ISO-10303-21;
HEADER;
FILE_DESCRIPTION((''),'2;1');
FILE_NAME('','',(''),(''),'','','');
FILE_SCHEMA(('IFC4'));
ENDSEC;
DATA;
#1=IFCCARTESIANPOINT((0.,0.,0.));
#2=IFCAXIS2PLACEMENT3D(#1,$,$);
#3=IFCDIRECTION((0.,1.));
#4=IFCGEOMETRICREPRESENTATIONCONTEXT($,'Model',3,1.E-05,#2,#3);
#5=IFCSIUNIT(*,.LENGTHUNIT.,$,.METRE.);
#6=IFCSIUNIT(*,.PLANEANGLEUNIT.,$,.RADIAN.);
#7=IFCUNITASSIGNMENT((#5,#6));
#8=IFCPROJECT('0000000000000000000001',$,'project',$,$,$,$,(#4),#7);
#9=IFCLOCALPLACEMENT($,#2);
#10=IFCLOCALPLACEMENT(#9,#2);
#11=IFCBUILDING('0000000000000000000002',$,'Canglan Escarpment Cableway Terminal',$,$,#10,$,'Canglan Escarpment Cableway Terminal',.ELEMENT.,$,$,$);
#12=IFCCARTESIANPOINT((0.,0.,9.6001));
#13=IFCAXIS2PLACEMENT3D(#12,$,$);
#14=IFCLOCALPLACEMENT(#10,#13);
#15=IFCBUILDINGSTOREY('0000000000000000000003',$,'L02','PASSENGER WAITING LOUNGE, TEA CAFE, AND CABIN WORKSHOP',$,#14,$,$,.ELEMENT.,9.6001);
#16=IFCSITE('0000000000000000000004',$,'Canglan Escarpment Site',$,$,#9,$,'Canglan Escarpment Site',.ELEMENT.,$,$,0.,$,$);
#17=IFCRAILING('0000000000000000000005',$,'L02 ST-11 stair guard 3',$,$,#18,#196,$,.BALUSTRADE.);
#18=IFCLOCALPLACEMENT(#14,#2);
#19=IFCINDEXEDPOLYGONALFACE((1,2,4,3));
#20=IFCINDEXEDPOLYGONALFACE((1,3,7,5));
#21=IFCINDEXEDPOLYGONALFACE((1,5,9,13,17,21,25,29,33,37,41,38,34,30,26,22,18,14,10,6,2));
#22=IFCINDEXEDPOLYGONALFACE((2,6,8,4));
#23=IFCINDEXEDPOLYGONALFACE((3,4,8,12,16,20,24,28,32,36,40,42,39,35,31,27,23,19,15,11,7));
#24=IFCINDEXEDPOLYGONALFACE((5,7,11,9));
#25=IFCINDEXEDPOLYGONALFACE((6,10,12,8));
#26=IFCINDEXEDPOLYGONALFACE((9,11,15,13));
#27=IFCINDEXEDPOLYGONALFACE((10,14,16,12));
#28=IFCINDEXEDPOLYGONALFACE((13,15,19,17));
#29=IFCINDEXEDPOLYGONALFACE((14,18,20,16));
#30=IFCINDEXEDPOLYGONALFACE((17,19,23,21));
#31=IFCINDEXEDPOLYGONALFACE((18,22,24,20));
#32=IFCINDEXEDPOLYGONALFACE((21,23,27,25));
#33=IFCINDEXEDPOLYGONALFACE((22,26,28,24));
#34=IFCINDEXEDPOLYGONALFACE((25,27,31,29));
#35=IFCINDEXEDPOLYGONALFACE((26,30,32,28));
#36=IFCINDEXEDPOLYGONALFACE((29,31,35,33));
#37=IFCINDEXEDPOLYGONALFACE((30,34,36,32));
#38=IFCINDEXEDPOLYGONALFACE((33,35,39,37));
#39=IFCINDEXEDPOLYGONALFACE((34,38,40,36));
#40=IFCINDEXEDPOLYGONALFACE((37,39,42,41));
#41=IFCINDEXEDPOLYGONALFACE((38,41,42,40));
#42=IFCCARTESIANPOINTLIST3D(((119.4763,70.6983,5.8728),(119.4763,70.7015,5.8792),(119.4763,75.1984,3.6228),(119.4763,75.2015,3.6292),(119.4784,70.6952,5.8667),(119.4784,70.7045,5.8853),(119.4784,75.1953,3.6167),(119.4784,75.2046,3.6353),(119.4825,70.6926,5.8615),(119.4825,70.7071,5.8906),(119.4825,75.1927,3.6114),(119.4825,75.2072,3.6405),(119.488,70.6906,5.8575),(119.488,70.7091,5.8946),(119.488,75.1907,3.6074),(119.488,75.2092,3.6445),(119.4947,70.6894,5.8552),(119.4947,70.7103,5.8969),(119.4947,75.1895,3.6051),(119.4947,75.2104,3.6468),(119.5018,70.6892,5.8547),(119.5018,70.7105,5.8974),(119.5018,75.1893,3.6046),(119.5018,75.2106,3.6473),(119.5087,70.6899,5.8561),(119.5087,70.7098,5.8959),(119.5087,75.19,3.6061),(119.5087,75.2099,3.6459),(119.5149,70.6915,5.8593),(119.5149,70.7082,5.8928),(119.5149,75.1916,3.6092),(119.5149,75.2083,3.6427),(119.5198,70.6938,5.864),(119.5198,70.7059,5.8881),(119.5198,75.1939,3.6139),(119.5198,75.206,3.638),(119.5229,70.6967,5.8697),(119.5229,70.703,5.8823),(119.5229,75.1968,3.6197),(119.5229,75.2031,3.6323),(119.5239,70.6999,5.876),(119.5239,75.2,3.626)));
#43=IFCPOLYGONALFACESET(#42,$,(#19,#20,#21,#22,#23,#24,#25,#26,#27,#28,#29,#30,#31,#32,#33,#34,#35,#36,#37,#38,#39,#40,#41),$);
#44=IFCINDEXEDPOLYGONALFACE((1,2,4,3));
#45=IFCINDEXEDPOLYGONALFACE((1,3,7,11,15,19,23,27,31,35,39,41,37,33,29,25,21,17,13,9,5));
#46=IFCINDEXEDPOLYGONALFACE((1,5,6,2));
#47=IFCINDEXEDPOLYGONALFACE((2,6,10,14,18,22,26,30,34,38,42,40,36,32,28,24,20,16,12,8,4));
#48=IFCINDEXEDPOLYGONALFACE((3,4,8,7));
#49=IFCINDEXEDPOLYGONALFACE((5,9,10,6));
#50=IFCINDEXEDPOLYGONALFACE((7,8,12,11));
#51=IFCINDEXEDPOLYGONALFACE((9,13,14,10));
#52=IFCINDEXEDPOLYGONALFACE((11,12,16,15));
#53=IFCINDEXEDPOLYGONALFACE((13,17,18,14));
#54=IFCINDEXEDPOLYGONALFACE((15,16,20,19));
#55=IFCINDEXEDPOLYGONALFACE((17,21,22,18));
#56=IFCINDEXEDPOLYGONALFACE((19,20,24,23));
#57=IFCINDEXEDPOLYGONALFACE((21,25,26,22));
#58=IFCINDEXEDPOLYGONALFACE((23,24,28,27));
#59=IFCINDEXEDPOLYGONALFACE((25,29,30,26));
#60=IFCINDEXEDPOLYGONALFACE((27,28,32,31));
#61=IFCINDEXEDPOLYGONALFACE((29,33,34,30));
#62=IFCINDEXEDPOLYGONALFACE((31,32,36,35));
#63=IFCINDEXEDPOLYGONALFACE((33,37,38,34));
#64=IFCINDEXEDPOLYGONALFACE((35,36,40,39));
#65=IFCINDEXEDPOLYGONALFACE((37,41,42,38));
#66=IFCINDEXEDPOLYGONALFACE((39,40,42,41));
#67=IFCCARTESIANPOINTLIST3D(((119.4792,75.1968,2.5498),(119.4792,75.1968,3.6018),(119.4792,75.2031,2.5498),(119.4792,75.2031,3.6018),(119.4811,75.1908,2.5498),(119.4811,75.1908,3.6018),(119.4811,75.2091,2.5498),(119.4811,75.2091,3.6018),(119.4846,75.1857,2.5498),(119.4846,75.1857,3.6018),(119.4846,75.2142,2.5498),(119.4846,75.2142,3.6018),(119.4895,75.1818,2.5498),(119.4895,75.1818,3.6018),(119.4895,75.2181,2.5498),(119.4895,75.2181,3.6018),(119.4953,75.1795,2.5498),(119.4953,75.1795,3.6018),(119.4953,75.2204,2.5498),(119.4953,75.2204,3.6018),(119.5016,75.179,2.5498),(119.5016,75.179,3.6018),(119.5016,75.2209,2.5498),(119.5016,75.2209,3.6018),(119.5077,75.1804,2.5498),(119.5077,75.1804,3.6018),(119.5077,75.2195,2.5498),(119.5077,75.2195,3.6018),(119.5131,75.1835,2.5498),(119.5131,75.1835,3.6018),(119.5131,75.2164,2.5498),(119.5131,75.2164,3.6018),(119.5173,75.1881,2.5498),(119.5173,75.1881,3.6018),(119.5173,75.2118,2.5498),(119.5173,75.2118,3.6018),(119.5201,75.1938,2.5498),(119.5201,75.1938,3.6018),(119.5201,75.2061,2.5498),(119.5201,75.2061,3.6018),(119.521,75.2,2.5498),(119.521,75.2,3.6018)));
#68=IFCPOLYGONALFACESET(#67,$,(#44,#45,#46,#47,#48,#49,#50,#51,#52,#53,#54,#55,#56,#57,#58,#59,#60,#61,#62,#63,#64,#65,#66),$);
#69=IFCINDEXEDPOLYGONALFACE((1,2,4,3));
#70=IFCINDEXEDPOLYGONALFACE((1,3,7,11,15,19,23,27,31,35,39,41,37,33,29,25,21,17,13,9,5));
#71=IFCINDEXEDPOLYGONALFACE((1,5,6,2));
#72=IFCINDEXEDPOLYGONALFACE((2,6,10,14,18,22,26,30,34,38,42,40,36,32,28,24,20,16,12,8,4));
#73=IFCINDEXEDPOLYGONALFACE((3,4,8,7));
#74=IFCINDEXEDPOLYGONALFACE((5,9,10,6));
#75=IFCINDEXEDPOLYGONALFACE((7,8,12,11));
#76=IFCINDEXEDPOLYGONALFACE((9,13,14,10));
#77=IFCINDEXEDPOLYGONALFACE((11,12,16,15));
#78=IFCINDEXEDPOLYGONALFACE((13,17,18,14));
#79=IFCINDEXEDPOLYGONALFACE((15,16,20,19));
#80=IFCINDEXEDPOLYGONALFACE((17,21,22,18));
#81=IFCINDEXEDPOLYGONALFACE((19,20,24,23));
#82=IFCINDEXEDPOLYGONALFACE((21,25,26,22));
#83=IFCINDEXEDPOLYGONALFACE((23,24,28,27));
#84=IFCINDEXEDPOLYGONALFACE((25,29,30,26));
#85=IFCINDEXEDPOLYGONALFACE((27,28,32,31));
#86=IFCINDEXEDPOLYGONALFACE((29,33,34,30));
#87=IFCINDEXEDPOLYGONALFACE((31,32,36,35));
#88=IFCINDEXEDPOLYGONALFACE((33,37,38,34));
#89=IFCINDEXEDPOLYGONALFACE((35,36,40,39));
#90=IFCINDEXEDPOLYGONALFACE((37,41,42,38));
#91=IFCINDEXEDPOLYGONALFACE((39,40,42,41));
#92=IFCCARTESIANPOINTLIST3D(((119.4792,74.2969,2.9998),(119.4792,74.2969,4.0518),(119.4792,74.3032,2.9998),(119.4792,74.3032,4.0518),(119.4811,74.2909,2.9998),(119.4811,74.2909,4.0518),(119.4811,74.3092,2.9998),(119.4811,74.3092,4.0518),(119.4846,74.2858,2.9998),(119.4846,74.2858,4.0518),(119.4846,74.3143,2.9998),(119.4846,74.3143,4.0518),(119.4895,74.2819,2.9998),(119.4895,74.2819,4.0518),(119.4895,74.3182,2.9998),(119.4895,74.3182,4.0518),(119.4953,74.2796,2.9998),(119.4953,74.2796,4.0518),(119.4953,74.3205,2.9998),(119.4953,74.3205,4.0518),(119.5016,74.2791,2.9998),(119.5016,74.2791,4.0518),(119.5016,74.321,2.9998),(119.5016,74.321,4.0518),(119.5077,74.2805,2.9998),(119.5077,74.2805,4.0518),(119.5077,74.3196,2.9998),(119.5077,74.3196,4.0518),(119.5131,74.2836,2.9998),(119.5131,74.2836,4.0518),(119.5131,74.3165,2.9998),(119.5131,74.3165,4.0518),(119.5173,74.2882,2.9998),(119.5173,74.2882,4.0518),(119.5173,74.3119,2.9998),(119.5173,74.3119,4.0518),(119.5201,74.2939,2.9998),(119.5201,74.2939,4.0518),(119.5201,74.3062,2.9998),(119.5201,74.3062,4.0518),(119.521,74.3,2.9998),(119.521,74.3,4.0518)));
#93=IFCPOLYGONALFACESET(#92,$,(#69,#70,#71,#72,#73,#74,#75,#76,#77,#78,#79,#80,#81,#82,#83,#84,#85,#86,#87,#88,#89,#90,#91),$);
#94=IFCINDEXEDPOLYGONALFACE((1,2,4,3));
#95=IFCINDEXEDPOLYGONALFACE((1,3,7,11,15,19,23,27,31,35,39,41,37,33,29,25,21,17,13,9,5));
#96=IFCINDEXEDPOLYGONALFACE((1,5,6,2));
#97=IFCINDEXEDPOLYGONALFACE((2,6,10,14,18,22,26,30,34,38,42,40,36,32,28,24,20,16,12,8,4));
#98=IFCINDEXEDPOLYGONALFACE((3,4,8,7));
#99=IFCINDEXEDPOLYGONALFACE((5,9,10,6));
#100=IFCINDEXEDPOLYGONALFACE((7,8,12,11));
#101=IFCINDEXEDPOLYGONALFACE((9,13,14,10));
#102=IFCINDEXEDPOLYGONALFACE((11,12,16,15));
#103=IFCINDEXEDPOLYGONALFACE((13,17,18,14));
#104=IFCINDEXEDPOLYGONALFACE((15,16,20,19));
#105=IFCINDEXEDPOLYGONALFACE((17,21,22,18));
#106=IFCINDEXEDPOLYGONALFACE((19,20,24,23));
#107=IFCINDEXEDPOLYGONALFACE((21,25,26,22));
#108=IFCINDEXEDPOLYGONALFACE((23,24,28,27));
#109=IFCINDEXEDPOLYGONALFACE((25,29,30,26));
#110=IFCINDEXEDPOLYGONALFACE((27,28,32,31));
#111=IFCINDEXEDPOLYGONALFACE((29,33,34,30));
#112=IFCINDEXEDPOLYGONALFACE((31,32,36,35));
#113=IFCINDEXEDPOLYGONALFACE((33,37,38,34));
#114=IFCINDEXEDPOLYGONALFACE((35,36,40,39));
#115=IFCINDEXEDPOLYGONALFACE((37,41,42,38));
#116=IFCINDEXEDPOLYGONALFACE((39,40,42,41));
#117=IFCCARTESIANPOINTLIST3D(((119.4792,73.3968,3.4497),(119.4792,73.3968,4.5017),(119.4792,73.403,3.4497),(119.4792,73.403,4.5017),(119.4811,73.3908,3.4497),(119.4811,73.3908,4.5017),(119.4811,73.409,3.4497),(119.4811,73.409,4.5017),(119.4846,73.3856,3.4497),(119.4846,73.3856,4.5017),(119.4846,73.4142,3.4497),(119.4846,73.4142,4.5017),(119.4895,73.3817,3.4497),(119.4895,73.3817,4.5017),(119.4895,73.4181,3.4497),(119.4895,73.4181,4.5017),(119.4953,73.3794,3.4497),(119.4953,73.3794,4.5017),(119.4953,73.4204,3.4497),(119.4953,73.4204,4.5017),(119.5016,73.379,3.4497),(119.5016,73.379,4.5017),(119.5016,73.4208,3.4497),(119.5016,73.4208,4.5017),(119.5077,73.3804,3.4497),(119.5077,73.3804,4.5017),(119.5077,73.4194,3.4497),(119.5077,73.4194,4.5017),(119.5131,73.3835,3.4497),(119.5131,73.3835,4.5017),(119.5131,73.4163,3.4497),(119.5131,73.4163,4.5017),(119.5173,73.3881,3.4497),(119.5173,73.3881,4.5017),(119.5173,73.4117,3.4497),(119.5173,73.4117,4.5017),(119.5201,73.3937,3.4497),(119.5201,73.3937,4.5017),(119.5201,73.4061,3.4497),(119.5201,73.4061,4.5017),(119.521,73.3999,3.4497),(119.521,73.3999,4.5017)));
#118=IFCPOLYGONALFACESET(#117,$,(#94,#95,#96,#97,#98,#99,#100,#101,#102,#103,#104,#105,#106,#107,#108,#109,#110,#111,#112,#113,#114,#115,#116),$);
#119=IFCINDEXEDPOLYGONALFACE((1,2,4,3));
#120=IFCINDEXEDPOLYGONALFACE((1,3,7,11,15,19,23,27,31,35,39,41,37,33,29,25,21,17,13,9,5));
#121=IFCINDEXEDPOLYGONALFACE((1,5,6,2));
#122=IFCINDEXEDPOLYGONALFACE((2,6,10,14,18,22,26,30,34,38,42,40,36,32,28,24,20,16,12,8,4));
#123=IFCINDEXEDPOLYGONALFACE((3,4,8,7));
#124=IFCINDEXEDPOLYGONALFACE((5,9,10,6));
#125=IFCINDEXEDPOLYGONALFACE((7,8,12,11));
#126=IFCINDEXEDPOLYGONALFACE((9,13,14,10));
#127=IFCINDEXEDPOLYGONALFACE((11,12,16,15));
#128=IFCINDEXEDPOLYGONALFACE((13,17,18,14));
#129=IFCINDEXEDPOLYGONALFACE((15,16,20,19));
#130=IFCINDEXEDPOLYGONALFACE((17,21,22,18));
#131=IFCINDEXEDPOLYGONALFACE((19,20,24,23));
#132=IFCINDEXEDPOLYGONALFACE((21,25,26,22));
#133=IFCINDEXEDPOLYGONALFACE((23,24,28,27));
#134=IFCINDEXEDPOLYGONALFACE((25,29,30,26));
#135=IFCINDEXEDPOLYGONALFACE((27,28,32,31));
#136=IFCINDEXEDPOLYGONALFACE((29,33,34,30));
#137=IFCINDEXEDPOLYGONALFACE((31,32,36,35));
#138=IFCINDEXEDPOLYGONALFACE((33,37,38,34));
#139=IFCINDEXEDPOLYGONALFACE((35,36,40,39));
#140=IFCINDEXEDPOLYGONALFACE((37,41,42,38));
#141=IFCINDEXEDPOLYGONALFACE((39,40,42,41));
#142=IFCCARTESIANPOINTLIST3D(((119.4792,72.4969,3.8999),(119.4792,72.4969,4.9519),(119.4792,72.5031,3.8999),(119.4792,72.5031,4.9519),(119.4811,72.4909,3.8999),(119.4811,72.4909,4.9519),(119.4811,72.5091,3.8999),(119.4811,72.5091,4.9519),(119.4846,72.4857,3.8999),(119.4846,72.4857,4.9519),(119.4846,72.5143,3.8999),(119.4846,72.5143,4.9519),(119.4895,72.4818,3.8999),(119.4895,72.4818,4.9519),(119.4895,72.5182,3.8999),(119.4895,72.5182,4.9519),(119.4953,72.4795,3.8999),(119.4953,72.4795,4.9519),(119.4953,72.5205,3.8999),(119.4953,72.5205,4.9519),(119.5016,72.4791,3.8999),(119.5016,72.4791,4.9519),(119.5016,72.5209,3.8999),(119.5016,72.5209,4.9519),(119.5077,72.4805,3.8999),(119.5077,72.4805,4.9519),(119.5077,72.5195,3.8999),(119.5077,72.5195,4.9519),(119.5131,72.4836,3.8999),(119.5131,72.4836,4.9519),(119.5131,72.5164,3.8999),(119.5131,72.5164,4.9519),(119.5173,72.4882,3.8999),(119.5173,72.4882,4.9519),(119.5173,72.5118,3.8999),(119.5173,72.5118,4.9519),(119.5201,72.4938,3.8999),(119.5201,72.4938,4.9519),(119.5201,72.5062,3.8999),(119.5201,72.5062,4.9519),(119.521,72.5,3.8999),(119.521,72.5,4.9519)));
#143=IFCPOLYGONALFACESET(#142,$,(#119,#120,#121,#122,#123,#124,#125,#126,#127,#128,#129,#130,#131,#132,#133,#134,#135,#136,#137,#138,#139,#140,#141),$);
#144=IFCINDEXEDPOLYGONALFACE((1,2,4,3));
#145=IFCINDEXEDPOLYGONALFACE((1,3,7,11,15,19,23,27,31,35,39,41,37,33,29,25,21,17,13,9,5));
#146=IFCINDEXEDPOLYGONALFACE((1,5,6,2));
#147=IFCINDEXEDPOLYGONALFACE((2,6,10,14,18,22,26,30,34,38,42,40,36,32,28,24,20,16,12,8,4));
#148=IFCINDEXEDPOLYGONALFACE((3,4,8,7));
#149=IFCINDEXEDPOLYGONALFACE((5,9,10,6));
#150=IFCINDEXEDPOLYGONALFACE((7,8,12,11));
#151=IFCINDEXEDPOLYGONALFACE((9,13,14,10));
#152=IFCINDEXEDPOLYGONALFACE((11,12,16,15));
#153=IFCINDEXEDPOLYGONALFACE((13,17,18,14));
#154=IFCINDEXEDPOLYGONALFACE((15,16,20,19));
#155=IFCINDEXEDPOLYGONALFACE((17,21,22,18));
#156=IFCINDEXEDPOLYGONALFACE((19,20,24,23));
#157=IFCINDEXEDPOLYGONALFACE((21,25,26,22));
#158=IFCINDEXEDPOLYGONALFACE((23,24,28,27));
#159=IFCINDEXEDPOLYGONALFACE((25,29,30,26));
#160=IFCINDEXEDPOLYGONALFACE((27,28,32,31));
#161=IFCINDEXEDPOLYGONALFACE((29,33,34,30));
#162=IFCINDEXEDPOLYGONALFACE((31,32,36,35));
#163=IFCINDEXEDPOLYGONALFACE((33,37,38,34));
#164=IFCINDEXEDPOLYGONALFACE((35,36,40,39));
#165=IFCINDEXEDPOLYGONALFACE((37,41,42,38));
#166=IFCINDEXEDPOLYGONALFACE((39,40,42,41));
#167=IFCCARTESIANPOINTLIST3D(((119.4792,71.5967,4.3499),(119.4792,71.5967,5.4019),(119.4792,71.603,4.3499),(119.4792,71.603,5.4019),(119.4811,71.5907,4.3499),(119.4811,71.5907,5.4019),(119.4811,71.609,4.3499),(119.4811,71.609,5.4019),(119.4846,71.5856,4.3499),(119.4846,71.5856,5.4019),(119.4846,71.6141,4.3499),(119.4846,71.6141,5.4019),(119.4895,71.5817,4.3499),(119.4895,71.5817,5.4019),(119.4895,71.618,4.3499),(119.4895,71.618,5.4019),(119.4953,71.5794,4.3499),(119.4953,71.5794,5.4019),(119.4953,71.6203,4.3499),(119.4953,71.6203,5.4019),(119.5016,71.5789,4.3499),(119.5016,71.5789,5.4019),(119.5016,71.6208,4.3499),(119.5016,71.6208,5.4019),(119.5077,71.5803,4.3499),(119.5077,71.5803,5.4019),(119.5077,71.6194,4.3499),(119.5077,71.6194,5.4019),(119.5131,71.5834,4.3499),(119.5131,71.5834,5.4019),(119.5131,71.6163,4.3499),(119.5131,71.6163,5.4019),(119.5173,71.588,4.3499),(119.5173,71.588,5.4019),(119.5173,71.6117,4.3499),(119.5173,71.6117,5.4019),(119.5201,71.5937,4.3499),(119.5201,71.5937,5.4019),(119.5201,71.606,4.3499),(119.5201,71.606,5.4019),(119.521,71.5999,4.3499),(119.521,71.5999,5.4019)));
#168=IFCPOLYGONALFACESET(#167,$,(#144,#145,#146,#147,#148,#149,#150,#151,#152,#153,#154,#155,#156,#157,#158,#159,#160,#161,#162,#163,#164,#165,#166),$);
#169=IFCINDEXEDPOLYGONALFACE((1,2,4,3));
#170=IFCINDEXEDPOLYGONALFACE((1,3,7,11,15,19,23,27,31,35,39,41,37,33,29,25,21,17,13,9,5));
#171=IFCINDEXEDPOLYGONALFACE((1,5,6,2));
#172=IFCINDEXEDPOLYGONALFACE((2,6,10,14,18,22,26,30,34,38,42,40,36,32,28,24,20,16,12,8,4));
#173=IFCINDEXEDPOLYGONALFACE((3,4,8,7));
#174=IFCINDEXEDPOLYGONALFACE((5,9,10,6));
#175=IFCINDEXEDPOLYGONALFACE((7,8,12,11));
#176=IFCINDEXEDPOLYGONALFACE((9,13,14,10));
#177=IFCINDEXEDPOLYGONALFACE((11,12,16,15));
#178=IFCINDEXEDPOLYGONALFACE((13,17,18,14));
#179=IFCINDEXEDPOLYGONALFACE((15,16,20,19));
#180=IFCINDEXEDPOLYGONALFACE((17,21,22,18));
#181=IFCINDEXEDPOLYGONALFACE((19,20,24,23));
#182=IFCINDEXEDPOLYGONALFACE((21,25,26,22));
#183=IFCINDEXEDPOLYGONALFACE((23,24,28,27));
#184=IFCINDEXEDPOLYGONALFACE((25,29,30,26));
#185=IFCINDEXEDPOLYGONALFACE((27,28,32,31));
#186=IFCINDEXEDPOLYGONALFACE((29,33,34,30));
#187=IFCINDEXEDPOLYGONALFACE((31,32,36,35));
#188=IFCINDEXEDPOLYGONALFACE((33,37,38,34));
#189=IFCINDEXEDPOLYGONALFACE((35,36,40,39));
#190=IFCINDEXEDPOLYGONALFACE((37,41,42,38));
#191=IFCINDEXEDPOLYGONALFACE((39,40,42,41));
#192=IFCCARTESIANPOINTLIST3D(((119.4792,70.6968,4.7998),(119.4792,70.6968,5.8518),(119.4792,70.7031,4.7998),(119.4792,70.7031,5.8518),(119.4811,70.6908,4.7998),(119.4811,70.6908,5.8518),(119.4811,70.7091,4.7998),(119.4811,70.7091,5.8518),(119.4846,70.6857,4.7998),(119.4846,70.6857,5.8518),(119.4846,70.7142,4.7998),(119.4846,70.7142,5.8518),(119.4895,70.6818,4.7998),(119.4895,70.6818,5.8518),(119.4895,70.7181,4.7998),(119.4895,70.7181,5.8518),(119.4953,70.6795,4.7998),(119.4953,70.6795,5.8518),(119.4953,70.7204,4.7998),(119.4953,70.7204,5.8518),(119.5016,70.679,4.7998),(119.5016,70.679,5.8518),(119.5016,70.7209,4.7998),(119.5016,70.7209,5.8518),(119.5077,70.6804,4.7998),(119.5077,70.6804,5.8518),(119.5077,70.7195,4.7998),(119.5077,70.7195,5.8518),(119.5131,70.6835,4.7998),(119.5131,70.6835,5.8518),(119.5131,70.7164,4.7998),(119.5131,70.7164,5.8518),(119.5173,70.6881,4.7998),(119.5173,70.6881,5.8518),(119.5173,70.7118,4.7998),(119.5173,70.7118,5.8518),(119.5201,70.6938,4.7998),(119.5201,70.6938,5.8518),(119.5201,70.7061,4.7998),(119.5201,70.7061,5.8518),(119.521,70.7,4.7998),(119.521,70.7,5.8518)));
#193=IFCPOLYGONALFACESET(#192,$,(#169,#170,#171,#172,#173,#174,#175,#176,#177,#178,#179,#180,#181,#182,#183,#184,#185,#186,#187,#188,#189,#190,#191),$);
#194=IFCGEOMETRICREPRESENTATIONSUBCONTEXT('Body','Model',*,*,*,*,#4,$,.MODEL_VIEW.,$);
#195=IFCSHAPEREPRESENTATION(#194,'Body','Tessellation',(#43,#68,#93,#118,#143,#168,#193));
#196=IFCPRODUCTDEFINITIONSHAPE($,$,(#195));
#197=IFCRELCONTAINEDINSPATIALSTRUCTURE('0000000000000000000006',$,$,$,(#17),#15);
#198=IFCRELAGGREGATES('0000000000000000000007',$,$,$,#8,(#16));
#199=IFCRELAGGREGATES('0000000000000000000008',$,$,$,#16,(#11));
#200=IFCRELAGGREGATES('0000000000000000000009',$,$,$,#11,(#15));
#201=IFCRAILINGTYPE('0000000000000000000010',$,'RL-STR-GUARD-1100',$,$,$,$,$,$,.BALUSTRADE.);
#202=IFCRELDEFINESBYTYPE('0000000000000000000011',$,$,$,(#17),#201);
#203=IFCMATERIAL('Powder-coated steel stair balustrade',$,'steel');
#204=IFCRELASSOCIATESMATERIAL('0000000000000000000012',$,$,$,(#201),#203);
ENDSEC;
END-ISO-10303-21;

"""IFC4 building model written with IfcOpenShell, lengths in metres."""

from ifc_helpers import new_model, si_unit, direction, frame, origin, origin_2d, place, context, subcontext, project, spatial, circle, extrude, material, type_object, element, save


model = new_model("IFC4")

# Units and contexts
model_context = context("Model", 3, precision=1e-05, world=origin(), true_north=direction((0.0, 1.0)))
body_context = subcontext(model_context, "Body", "Model", "MODEL_VIEW")
ifc_project = project(units=[si_unit("LENGTHUNIT", "METRE"), si_unit("PLANEANGLEUNIT", "RADIAN")], contexts=[model_context])

# Site, building, storey
site_placement = place(None, origin())
site = spatial("IfcSite", under=ifc_project, at=site_placement, Name="Canglan Escarpment Site", LongName="Canglan Escarpment Site", CompositionType="ELEMENT", RefElevation=0.0)
building_placement = place(site_placement, origin())
building = spatial("IfcBuilding", under=site, at=building_placement, Name="Canglan Escarpment Cableway Terminal", LongName="Canglan Escarpment Cableway Terminal", CompositionType="ELEMENT")
storey_placement = place(building_placement, frame((0.0, 0.0, 9.6001)))
storey = spatial("IfcBuildingStorey", under=building, at=storey_placement, Name="L02", Description="PASSENGER WAITING LOUNGE, TEA CAFE, AND CABIN WORKSHOP", CompositionType="ELEMENT", Elevation=9.6001)

# Railing
ifc_material_1 = material(Name="Powder-coated steel stair balustrade", Category="steel")
railing_type_1 = type_object("IfcRailingType", Name="RL-STR-GUARD-1100", PredefinedType="BALUSTRADE", material=ifc_material_1)
railing_1_placement = place(storey_placement, frame((119.5, 75.2, 2.5498)))
element("IfcRailing", 1, at=railing_1_placement, inside=storey, type_object=railing_type_1, Name="L02 ST-11 stair guard 3", PredefinedType="BALUSTRADE", context=body_context, shape_type="SweptSolid", body=[
    extrude(circle(Radius=0.0239, at=origin_2d()), frame((0.0, 0.0, 1.0762), z_axis=(0.0, -0.894427, 0.447214), x_axis=(1.0, 0.0, 0.0)), (0.0, 0.0, 1.0), 5.0312),
    extrude(circle(Radius=0.021, at=origin_2d()), origin(), (0.0, 0.0, 1.0), 1.052),
    extrude(circle(Radius=0.021, at=origin_2d()), frame((0.0, -0.8999, 0.45)), (0.0, 0.0, 1.0), 1.052),
    extrude(circle(Radius=0.021, at=origin_2d()), frame((0.0, -1.8, 0.8999)), (0.0, 0.0, 1.0), 1.052),
    extrude(circle(Radius=0.021, at=origin_2d()), frame((0.0, -2.7, 1.3501)), (0.0, 0.0, 1.0), 1.052),
    extrude(circle(Radius=0.021, at=origin_2d()), frame((0.0, -3.6001, 1.8)), (0.0, 0.0, 1.0), 1.052),
    extrude(circle(Radius=0.021, at=origin_2d()), frame((0.0, -4.5, 2.25)), (0.0, 0.0, 1.0), 1.052),
])

save(model, "model.ifc")
